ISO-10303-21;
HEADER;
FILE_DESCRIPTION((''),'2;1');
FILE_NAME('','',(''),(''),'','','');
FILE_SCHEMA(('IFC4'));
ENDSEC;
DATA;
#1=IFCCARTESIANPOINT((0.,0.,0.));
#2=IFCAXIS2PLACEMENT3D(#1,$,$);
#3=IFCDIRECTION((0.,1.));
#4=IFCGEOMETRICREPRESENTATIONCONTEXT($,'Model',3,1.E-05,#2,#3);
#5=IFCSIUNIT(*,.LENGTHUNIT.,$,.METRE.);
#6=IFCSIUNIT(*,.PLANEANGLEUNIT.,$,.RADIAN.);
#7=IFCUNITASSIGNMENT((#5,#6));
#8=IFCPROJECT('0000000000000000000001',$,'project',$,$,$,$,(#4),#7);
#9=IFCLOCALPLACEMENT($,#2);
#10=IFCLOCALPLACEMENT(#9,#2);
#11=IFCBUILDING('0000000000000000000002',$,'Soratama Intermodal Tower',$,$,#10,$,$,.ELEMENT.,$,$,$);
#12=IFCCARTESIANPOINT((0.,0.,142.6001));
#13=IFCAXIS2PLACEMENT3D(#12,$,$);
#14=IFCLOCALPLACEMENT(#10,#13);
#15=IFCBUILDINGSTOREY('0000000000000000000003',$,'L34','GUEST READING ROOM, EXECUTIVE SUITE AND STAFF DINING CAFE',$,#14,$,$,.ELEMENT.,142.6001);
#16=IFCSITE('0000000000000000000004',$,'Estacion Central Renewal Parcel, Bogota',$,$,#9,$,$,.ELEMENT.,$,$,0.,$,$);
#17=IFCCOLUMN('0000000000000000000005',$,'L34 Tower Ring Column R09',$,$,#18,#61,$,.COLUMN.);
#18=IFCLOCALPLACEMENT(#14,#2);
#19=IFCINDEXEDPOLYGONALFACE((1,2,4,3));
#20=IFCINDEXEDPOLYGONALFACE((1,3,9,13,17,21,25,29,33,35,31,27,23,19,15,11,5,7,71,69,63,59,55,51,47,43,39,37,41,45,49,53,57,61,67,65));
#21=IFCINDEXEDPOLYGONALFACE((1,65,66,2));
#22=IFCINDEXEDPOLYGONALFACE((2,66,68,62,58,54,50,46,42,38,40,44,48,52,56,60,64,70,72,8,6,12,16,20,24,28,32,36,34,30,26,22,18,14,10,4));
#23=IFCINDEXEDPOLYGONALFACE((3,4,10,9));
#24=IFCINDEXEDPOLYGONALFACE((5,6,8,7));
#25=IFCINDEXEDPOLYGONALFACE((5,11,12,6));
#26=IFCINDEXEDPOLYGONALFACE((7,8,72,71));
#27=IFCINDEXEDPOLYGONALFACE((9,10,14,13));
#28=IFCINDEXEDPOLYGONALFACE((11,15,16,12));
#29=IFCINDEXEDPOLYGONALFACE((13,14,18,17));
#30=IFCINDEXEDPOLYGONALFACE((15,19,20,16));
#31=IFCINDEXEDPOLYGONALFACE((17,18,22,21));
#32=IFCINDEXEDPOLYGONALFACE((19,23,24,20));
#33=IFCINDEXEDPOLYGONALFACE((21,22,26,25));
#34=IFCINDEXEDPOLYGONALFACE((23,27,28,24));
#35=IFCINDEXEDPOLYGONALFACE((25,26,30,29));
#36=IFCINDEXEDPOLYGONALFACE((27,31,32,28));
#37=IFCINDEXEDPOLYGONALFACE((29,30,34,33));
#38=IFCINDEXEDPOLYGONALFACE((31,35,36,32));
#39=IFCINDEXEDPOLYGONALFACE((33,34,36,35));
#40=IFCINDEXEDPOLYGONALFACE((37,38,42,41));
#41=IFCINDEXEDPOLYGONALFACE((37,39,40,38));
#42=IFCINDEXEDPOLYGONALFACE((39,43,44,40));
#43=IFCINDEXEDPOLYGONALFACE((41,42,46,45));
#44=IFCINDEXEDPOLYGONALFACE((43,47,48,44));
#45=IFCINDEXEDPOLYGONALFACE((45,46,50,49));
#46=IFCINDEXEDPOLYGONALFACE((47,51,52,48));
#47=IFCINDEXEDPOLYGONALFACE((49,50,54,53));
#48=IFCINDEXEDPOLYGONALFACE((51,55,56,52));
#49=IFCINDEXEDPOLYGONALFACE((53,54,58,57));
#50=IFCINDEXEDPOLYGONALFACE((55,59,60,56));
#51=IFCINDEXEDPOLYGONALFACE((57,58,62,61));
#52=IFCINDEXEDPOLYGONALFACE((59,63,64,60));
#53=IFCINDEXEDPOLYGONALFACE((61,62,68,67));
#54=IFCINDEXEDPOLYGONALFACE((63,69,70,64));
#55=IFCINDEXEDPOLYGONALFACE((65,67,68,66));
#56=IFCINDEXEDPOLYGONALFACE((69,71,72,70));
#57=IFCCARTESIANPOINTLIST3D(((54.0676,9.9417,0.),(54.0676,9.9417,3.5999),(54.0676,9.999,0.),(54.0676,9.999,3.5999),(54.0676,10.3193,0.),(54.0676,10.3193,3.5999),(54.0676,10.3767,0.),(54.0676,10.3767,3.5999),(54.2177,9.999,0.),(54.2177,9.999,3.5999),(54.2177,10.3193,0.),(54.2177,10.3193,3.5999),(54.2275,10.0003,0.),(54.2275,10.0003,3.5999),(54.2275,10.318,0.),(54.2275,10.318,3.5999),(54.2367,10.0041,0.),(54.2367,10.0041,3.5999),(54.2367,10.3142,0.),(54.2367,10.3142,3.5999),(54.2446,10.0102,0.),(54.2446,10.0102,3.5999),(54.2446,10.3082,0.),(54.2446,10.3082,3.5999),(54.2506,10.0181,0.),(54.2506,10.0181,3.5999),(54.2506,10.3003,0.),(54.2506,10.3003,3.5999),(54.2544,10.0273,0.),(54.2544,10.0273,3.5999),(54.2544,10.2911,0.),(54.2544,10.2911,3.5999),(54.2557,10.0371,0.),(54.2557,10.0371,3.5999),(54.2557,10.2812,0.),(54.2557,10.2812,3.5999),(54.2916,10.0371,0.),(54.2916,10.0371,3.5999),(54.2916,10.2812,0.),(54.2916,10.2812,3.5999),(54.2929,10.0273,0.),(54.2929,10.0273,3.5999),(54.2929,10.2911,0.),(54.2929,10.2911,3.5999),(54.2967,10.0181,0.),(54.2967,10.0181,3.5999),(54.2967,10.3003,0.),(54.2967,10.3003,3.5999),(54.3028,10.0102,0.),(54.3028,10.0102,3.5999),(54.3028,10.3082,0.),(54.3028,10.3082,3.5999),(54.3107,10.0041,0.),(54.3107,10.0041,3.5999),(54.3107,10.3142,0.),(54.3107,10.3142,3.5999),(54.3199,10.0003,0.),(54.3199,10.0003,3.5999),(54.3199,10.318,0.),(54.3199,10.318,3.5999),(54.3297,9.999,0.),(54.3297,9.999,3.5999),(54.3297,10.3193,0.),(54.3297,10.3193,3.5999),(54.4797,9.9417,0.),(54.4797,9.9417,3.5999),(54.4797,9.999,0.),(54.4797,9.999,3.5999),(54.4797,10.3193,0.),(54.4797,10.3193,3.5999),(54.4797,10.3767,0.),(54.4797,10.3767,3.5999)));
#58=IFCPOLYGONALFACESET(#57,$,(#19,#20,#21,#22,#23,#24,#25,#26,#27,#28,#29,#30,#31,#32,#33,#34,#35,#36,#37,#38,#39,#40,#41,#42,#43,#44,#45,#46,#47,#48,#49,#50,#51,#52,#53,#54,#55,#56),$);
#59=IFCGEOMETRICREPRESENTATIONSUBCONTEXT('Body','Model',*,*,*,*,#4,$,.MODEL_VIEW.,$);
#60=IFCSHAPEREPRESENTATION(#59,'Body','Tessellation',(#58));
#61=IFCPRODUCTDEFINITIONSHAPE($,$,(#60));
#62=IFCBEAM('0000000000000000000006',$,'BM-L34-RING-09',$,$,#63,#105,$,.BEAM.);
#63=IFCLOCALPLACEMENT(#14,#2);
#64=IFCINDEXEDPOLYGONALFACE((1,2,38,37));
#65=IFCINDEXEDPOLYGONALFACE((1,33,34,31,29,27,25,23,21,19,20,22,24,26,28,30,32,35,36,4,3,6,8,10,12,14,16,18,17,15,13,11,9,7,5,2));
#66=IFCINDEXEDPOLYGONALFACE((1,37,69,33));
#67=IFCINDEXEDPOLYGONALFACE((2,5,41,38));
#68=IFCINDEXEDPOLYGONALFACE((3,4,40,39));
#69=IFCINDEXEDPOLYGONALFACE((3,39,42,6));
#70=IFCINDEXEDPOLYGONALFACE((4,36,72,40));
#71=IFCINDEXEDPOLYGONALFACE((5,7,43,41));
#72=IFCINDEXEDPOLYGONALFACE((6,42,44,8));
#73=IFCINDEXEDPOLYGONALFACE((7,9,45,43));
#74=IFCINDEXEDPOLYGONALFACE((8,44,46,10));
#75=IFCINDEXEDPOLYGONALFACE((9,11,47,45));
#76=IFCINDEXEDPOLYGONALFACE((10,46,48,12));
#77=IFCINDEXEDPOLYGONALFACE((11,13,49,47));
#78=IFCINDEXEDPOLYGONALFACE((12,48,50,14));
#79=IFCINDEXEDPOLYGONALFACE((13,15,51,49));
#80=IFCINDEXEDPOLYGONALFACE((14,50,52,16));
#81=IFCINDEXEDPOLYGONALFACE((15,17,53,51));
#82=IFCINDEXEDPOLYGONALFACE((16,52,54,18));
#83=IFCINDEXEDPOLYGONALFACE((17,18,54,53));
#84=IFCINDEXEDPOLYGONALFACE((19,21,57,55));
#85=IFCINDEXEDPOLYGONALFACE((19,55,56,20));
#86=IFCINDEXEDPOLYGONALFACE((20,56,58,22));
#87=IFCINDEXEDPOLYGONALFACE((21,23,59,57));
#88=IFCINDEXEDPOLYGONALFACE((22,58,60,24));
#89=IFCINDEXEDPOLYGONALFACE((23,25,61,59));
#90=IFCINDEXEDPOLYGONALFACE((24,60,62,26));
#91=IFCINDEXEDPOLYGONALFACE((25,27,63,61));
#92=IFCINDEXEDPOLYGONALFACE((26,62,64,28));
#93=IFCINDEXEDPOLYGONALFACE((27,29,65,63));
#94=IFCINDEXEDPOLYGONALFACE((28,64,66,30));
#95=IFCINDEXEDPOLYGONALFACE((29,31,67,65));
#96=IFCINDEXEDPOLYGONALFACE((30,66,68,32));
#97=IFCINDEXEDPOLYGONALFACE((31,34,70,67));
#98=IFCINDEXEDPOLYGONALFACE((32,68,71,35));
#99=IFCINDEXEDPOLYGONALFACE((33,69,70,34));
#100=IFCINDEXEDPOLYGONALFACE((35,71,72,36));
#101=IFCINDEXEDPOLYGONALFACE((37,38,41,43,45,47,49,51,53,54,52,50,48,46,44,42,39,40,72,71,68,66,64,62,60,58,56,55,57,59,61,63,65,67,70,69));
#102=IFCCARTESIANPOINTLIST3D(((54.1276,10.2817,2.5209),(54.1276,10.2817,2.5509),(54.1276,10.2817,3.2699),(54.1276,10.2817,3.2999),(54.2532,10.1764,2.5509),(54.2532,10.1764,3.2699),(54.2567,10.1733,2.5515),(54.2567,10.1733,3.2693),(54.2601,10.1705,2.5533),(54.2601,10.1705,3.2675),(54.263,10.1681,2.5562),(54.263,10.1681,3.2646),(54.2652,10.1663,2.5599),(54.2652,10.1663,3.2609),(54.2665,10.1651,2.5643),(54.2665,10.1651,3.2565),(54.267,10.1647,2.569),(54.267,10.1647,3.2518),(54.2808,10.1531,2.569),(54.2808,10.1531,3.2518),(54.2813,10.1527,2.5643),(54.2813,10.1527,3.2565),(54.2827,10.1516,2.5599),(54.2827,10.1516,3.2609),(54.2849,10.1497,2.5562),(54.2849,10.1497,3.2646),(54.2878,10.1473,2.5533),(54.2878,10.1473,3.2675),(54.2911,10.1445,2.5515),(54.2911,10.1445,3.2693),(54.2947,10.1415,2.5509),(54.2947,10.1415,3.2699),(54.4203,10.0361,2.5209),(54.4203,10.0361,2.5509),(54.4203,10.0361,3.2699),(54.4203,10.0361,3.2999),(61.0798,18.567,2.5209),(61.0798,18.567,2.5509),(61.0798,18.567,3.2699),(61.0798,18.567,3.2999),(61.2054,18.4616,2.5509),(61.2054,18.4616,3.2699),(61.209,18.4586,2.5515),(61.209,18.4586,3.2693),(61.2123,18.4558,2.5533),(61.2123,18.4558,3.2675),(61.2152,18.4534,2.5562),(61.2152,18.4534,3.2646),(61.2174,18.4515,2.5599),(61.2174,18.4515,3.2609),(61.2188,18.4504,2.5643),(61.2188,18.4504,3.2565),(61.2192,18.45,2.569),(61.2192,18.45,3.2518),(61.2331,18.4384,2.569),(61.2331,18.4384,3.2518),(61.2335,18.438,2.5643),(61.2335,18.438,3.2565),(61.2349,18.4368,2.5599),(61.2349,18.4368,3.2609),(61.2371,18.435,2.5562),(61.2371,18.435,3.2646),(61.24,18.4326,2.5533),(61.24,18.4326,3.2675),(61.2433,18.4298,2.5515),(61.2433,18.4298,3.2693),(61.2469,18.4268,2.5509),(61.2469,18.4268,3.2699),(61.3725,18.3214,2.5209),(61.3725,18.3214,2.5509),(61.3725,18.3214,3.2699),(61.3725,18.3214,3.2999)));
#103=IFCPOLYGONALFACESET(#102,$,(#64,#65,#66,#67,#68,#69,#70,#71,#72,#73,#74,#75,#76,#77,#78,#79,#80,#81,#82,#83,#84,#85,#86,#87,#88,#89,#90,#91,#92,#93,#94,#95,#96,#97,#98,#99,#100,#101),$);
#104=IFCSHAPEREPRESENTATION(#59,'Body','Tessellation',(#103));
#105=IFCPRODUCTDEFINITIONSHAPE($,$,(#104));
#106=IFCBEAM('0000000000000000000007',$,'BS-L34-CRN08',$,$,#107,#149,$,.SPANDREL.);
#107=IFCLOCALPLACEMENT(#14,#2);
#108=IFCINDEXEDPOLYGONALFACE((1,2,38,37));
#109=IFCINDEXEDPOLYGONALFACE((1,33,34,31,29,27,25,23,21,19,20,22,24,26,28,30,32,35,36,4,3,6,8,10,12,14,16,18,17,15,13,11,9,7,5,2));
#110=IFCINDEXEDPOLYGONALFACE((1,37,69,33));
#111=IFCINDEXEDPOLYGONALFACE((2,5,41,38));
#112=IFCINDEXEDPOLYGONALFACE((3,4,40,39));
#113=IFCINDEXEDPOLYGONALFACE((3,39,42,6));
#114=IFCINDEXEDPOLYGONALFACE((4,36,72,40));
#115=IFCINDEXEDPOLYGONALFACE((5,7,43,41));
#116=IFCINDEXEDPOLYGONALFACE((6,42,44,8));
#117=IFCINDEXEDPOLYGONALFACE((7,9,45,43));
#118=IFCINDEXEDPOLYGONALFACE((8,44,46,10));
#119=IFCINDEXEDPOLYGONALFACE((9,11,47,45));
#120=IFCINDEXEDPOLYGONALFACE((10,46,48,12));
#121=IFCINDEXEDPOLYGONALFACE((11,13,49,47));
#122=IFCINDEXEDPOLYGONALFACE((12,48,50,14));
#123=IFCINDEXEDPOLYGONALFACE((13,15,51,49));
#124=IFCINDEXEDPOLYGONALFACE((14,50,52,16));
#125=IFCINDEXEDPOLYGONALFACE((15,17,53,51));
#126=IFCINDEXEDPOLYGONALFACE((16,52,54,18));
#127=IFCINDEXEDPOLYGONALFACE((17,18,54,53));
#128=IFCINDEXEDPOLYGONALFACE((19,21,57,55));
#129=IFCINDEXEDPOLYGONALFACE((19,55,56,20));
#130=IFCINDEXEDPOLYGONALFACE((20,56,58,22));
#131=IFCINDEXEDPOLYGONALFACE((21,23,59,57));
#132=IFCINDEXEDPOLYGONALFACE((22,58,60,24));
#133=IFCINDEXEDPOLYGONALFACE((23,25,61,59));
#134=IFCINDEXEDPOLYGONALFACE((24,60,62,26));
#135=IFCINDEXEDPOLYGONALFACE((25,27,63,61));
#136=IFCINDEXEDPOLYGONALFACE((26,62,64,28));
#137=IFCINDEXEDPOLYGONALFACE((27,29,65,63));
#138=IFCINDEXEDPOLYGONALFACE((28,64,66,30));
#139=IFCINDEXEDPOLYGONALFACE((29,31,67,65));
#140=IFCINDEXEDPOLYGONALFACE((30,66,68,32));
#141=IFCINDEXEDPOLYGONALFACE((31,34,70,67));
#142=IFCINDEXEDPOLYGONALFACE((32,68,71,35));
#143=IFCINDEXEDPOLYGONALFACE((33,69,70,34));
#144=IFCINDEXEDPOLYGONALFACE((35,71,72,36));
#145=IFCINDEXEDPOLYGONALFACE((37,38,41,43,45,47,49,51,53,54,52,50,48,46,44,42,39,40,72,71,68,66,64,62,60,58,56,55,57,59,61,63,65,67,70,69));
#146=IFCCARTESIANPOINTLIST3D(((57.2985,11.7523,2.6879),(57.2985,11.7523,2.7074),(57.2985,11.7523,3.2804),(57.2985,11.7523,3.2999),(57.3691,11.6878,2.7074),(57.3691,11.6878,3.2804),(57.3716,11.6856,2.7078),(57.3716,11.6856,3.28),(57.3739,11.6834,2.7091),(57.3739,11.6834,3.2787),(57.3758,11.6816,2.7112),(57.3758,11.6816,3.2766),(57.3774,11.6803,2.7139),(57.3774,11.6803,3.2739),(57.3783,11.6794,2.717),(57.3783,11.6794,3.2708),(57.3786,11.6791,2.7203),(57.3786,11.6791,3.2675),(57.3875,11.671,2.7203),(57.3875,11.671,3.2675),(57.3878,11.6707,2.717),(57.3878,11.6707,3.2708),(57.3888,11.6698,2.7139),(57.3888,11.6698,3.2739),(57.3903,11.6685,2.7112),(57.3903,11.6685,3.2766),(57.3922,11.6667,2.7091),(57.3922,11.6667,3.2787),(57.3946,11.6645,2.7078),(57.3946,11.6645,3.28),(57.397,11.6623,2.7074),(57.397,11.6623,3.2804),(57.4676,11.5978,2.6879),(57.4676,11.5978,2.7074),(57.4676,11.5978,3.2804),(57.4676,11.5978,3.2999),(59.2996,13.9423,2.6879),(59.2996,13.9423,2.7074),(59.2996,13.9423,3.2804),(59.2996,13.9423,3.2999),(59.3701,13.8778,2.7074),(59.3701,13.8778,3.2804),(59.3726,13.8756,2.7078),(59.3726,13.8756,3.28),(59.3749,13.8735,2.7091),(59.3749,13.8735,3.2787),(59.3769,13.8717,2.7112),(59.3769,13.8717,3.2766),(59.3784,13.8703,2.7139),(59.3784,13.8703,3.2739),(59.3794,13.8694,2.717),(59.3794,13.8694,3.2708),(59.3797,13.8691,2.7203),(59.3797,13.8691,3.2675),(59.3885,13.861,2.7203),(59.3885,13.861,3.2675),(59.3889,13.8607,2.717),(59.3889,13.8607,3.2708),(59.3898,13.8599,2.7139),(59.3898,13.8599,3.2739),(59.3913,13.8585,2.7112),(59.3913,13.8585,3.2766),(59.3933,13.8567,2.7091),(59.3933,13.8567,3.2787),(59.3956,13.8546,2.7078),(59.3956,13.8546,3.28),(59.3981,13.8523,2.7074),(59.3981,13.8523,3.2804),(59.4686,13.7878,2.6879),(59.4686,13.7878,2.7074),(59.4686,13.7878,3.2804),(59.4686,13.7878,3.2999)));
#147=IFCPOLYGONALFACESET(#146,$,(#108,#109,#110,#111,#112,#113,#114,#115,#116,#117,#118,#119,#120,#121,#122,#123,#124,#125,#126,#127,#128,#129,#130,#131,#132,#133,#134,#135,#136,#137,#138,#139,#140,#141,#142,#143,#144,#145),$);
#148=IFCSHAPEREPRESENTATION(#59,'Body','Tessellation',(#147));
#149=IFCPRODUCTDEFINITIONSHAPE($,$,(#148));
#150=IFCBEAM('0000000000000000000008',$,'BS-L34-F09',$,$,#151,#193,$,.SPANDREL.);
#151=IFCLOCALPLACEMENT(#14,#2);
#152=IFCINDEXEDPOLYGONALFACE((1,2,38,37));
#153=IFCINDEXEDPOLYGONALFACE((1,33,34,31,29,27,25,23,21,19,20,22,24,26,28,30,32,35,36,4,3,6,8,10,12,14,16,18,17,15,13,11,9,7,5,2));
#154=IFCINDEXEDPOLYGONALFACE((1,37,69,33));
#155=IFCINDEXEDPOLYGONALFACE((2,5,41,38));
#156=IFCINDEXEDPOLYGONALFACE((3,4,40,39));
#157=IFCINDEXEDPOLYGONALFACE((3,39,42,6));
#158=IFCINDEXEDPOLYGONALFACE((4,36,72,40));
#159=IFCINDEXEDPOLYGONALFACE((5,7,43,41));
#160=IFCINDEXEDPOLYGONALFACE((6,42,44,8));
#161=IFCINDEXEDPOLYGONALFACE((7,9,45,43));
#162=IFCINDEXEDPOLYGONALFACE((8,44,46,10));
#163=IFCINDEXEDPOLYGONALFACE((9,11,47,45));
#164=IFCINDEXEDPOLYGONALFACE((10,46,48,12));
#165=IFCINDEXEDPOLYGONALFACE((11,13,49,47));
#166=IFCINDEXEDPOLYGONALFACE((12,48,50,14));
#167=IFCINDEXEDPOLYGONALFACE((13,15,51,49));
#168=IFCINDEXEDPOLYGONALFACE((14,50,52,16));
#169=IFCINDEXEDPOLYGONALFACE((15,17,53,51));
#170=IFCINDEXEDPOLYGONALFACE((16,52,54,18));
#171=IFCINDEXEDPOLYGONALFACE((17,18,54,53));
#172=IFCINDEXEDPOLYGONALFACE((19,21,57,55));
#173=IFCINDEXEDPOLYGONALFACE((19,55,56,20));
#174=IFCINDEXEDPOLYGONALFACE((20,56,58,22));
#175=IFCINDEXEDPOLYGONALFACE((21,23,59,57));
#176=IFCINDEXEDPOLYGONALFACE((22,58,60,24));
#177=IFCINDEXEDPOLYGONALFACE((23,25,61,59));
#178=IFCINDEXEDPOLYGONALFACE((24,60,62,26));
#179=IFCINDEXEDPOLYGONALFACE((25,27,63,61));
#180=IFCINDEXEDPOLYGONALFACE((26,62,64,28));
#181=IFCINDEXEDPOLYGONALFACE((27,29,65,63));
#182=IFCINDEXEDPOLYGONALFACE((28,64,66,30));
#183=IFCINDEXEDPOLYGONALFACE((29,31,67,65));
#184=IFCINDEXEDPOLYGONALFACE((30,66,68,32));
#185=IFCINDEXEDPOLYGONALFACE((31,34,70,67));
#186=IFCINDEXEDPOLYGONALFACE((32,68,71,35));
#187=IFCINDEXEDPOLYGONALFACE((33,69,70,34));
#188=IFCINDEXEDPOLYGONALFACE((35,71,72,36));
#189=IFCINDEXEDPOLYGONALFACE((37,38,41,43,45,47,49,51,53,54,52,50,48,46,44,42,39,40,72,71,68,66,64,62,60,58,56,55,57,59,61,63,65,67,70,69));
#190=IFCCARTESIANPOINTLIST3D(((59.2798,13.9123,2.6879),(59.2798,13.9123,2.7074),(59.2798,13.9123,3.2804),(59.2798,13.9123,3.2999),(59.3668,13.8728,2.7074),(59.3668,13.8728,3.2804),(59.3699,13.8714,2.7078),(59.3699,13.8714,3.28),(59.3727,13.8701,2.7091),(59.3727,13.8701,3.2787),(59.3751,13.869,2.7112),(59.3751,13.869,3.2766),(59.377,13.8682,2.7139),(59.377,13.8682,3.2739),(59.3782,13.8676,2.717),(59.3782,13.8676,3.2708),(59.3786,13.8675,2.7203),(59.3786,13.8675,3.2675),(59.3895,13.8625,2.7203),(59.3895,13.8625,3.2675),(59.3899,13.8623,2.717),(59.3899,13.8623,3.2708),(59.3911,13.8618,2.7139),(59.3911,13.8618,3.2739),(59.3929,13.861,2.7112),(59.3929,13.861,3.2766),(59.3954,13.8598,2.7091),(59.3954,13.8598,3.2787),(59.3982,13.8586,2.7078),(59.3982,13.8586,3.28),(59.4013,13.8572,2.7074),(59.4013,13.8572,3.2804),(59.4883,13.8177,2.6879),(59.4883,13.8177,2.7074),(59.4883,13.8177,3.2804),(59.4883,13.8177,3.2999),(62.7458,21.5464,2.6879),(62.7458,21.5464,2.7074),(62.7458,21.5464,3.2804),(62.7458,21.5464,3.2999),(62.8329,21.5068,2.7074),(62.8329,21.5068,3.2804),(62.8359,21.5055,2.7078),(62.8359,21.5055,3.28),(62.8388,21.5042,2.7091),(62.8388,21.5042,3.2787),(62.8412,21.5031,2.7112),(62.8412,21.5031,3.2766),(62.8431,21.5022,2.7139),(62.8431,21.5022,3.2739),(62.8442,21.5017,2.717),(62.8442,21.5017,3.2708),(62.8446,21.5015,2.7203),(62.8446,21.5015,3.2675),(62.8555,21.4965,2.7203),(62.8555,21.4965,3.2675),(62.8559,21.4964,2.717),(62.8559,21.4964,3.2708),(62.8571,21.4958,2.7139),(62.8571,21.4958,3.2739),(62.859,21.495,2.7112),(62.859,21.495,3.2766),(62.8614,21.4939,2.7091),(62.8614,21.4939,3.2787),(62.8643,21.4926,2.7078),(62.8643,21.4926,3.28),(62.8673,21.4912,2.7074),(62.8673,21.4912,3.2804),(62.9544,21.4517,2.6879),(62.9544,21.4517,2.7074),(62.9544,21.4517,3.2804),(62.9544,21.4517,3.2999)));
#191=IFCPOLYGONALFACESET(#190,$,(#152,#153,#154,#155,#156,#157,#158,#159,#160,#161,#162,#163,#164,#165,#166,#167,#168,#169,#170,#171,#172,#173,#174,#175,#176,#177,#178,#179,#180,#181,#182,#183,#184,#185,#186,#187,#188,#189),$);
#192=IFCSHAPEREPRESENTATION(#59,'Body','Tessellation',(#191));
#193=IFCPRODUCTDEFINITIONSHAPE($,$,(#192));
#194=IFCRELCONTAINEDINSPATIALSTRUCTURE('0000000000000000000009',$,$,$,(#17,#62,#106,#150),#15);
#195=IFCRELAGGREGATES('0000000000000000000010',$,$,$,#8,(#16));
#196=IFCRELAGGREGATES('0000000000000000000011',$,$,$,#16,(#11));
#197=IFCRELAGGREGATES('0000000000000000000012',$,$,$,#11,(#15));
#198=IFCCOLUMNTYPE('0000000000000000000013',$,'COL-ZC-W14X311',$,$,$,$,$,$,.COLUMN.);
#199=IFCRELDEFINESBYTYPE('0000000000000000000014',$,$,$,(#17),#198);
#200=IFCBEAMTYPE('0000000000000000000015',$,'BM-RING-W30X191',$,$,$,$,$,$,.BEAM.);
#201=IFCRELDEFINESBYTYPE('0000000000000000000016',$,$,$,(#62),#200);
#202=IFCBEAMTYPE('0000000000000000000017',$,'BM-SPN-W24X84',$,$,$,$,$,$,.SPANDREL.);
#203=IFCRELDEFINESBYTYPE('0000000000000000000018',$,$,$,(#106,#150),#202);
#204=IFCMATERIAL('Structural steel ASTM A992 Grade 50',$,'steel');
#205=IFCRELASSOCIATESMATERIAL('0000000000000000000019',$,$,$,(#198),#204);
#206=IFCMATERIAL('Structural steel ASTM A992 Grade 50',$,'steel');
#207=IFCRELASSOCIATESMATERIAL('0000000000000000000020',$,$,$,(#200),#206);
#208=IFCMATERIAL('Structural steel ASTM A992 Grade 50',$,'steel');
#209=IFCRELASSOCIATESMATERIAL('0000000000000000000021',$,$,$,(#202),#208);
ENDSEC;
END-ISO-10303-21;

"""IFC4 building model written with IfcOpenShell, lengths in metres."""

from ifc_helpers import new_model, si_unit, direction, frame, origin, origin_2d, place, context, subcontext, project, spatial, i_section, extrude, material, material_profile, profile_set, type_object, element, save


model = new_model("IFC4")

# Units and contexts
model_context = context("Model", 3, precision=1e-05, world=origin(), true_north=direction((0.0, 1.0)))
body_context = subcontext(model_context, "Body", "Model", "MODEL_VIEW")
ifc_project = project(units=[si_unit("LENGTHUNIT", "METRE"), si_unit("PLANEANGLEUNIT", "RADIAN")], contexts=[model_context])

# Site, building, storey
site_placement = place(None, origin())
site = spatial("IfcSite", under=ifc_project, at=site_placement, Name="Estacion Central Renewal Parcel, Bogota", CompositionType="ELEMENT", RefElevation=0.0)
building_placement = place(site_placement, origin())
building = spatial("IfcBuilding", under=site, at=building_placement, Name="Soratama Intermodal Tower", CompositionType="ELEMENT")
storey_placement = place(building_placement, frame((0.0, 0.0, 142.6001)))
storey = spatial("IfcBuildingStorey", under=building, at=storey_placement, Name="L34", Description="GUEST READING ROOM, EXECUTIVE SUITE AND STAFF DINING CAFE", CompositionType="ELEMENT", Elevation=142.6001)

# Column
ifc_material_1 = material(Name="Structural steel ASTM A992 Grade 50", Category="steel")
ifc_material_profile_1 = material_profile(ifc_material_1, i_section(OverallWidth=0.4121, OverallDepth=0.4351, WebThickness=0.0359, FlangeThickness=0.0574, FilletRadius=0.0381, at=origin_2d()), Name="W14X311")
ifc_profile_set_1 = profile_set([ifc_material_profile_1], Name="Structural steel ASTM A992 Grade 50")
column_type = type_object("IfcColumnType", Name="COL-ZC-W14X311", PredefinedType="COLUMN", material=ifc_profile_set_1)
column_placement = place(storey_placement, frame((54.2737, 10.1592, 0.0), z_axis=(0.0, 0.0, 1.0), x_axis=(1.0, 0.0, 0.0)))
element("IfcColumn", 1, at=column_placement, inside=storey, type_object=column_type, Name="L34 Tower Ring Column R09", PredefinedType="COLUMN", context=body_context, shape_type="SweptSolid", body=[
    extrude(i_section(OverallWidth=0.4121, OverallDepth=0.4351, WebThickness=0.0359, FlangeThickness=0.0574, FilletRadius=0.0381, at=origin_2d()), origin(), (0.0, 0.0, 1.0), 3.5999),
])

# Beams
ifc_material_2 = material(Name="Structural steel ASTM A992 Grade 50", Category="steel")
ifc_material_profile_2 = material_profile(ifc_material_2, i_section(OverallWidth=0.3821, OverallDepth=0.7791, WebThickness=0.0181, FlangeThickness=0.03, FilletRadius=0.0181, at=origin_2d()), Name="W30X191")
ifc_profile_set_2 = profile_set([ifc_material_profile_2], Name="Structural steel ASTM A992 Grade 50")
beam_type_1 = type_object("IfcBeamType", Name="BM-RING-W30X191", PredefinedType="BEAM", material=ifc_profile_set_2)
beam_1_placement = place(storey_placement, frame((54.2739, 10.1589, 2.9104), z_axis=(0.642792, 0.766041, 0.0), x_axis=(-0.766041, 0.642792, 0.0)))
element("IfcBeam", 2, at=beam_1_placement, inside=storey, type_object=beam_type_1, Name="BM-L34-RING-09", PredefinedType="BEAM", context=body_context, shape_type="SweptSolid", body=[
    extrude(i_section(OverallWidth=0.3821, OverallDepth=0.7791, WebThickness=0.0181, FlangeThickness=0.03, FilletRadius=0.0181, at=origin_2d()), origin(), (0.0, 0.0, 1.0), 10.8157),
])
ifc_material_3 = material(Name="Structural steel ASTM A992 Grade 50", Category="steel")
ifc_material_profile_3 = material_profile(ifc_material_3, i_section(OverallWidth=0.229, OverallDepth=0.6121, WebThickness=0.012, FlangeThickness=0.0195, FilletRadius=0.0129, at=origin_2d()), Name="W24X84")
ifc_profile_set_3 = profile_set([ifc_material_profile_3], Name="Structural steel ASTM A992 Grade 50")
beam_type_2 = type_object("IfcBeamType", Name="BM-SPN-W24X84", PredefinedType="SPANDREL", material=ifc_profile_set_3)
beam_2_placement = place(storey_placement, frame((57.3831, 11.675, 2.9939), z_axis=(0.674539, 0.73824, 0.0), x_axis=(-0.73824, 0.674539, 0.0)))
element("IfcBeam", 3, at=beam_2_placement, inside=storey, type_object=beam_type_2, Name="BS-L34-CRN08", PredefinedType="SPANDREL", context=body_context, shape_type="SweptSolid", body=[
    extrude(i_section(OverallWidth=0.229, OverallDepth=0.6121, WebThickness=0.012, FlangeThickness=0.0195, FilletRadius=0.0129, at=origin_2d()), origin(), (0.0, 0.0, 1.0), 2.9666),
])
beam_3_placement = place(storey_placement, frame((59.384, 13.865, 2.9939), z_axis=(0.413412, 0.910544, 0.0), x_axis=(-0.910544, 0.413412, 0.0)))
element("IfcBeam", 4, at=beam_3_placement, inside=storey, type_object=beam_type_2, Name="BS-L34-F09", PredefinedType="SPANDREL", context=body_context, shape_type="SweptSolid", body=[
    extrude(i_section(OverallWidth=0.229, OverallDepth=0.6121, WebThickness=0.012, FlangeThickness=0.0195, FilletRadius=0.0129, at=origin_2d()), origin(), (0.0, 0.0, 1.0), 8.384),
])

save(model, "model.ifc")
